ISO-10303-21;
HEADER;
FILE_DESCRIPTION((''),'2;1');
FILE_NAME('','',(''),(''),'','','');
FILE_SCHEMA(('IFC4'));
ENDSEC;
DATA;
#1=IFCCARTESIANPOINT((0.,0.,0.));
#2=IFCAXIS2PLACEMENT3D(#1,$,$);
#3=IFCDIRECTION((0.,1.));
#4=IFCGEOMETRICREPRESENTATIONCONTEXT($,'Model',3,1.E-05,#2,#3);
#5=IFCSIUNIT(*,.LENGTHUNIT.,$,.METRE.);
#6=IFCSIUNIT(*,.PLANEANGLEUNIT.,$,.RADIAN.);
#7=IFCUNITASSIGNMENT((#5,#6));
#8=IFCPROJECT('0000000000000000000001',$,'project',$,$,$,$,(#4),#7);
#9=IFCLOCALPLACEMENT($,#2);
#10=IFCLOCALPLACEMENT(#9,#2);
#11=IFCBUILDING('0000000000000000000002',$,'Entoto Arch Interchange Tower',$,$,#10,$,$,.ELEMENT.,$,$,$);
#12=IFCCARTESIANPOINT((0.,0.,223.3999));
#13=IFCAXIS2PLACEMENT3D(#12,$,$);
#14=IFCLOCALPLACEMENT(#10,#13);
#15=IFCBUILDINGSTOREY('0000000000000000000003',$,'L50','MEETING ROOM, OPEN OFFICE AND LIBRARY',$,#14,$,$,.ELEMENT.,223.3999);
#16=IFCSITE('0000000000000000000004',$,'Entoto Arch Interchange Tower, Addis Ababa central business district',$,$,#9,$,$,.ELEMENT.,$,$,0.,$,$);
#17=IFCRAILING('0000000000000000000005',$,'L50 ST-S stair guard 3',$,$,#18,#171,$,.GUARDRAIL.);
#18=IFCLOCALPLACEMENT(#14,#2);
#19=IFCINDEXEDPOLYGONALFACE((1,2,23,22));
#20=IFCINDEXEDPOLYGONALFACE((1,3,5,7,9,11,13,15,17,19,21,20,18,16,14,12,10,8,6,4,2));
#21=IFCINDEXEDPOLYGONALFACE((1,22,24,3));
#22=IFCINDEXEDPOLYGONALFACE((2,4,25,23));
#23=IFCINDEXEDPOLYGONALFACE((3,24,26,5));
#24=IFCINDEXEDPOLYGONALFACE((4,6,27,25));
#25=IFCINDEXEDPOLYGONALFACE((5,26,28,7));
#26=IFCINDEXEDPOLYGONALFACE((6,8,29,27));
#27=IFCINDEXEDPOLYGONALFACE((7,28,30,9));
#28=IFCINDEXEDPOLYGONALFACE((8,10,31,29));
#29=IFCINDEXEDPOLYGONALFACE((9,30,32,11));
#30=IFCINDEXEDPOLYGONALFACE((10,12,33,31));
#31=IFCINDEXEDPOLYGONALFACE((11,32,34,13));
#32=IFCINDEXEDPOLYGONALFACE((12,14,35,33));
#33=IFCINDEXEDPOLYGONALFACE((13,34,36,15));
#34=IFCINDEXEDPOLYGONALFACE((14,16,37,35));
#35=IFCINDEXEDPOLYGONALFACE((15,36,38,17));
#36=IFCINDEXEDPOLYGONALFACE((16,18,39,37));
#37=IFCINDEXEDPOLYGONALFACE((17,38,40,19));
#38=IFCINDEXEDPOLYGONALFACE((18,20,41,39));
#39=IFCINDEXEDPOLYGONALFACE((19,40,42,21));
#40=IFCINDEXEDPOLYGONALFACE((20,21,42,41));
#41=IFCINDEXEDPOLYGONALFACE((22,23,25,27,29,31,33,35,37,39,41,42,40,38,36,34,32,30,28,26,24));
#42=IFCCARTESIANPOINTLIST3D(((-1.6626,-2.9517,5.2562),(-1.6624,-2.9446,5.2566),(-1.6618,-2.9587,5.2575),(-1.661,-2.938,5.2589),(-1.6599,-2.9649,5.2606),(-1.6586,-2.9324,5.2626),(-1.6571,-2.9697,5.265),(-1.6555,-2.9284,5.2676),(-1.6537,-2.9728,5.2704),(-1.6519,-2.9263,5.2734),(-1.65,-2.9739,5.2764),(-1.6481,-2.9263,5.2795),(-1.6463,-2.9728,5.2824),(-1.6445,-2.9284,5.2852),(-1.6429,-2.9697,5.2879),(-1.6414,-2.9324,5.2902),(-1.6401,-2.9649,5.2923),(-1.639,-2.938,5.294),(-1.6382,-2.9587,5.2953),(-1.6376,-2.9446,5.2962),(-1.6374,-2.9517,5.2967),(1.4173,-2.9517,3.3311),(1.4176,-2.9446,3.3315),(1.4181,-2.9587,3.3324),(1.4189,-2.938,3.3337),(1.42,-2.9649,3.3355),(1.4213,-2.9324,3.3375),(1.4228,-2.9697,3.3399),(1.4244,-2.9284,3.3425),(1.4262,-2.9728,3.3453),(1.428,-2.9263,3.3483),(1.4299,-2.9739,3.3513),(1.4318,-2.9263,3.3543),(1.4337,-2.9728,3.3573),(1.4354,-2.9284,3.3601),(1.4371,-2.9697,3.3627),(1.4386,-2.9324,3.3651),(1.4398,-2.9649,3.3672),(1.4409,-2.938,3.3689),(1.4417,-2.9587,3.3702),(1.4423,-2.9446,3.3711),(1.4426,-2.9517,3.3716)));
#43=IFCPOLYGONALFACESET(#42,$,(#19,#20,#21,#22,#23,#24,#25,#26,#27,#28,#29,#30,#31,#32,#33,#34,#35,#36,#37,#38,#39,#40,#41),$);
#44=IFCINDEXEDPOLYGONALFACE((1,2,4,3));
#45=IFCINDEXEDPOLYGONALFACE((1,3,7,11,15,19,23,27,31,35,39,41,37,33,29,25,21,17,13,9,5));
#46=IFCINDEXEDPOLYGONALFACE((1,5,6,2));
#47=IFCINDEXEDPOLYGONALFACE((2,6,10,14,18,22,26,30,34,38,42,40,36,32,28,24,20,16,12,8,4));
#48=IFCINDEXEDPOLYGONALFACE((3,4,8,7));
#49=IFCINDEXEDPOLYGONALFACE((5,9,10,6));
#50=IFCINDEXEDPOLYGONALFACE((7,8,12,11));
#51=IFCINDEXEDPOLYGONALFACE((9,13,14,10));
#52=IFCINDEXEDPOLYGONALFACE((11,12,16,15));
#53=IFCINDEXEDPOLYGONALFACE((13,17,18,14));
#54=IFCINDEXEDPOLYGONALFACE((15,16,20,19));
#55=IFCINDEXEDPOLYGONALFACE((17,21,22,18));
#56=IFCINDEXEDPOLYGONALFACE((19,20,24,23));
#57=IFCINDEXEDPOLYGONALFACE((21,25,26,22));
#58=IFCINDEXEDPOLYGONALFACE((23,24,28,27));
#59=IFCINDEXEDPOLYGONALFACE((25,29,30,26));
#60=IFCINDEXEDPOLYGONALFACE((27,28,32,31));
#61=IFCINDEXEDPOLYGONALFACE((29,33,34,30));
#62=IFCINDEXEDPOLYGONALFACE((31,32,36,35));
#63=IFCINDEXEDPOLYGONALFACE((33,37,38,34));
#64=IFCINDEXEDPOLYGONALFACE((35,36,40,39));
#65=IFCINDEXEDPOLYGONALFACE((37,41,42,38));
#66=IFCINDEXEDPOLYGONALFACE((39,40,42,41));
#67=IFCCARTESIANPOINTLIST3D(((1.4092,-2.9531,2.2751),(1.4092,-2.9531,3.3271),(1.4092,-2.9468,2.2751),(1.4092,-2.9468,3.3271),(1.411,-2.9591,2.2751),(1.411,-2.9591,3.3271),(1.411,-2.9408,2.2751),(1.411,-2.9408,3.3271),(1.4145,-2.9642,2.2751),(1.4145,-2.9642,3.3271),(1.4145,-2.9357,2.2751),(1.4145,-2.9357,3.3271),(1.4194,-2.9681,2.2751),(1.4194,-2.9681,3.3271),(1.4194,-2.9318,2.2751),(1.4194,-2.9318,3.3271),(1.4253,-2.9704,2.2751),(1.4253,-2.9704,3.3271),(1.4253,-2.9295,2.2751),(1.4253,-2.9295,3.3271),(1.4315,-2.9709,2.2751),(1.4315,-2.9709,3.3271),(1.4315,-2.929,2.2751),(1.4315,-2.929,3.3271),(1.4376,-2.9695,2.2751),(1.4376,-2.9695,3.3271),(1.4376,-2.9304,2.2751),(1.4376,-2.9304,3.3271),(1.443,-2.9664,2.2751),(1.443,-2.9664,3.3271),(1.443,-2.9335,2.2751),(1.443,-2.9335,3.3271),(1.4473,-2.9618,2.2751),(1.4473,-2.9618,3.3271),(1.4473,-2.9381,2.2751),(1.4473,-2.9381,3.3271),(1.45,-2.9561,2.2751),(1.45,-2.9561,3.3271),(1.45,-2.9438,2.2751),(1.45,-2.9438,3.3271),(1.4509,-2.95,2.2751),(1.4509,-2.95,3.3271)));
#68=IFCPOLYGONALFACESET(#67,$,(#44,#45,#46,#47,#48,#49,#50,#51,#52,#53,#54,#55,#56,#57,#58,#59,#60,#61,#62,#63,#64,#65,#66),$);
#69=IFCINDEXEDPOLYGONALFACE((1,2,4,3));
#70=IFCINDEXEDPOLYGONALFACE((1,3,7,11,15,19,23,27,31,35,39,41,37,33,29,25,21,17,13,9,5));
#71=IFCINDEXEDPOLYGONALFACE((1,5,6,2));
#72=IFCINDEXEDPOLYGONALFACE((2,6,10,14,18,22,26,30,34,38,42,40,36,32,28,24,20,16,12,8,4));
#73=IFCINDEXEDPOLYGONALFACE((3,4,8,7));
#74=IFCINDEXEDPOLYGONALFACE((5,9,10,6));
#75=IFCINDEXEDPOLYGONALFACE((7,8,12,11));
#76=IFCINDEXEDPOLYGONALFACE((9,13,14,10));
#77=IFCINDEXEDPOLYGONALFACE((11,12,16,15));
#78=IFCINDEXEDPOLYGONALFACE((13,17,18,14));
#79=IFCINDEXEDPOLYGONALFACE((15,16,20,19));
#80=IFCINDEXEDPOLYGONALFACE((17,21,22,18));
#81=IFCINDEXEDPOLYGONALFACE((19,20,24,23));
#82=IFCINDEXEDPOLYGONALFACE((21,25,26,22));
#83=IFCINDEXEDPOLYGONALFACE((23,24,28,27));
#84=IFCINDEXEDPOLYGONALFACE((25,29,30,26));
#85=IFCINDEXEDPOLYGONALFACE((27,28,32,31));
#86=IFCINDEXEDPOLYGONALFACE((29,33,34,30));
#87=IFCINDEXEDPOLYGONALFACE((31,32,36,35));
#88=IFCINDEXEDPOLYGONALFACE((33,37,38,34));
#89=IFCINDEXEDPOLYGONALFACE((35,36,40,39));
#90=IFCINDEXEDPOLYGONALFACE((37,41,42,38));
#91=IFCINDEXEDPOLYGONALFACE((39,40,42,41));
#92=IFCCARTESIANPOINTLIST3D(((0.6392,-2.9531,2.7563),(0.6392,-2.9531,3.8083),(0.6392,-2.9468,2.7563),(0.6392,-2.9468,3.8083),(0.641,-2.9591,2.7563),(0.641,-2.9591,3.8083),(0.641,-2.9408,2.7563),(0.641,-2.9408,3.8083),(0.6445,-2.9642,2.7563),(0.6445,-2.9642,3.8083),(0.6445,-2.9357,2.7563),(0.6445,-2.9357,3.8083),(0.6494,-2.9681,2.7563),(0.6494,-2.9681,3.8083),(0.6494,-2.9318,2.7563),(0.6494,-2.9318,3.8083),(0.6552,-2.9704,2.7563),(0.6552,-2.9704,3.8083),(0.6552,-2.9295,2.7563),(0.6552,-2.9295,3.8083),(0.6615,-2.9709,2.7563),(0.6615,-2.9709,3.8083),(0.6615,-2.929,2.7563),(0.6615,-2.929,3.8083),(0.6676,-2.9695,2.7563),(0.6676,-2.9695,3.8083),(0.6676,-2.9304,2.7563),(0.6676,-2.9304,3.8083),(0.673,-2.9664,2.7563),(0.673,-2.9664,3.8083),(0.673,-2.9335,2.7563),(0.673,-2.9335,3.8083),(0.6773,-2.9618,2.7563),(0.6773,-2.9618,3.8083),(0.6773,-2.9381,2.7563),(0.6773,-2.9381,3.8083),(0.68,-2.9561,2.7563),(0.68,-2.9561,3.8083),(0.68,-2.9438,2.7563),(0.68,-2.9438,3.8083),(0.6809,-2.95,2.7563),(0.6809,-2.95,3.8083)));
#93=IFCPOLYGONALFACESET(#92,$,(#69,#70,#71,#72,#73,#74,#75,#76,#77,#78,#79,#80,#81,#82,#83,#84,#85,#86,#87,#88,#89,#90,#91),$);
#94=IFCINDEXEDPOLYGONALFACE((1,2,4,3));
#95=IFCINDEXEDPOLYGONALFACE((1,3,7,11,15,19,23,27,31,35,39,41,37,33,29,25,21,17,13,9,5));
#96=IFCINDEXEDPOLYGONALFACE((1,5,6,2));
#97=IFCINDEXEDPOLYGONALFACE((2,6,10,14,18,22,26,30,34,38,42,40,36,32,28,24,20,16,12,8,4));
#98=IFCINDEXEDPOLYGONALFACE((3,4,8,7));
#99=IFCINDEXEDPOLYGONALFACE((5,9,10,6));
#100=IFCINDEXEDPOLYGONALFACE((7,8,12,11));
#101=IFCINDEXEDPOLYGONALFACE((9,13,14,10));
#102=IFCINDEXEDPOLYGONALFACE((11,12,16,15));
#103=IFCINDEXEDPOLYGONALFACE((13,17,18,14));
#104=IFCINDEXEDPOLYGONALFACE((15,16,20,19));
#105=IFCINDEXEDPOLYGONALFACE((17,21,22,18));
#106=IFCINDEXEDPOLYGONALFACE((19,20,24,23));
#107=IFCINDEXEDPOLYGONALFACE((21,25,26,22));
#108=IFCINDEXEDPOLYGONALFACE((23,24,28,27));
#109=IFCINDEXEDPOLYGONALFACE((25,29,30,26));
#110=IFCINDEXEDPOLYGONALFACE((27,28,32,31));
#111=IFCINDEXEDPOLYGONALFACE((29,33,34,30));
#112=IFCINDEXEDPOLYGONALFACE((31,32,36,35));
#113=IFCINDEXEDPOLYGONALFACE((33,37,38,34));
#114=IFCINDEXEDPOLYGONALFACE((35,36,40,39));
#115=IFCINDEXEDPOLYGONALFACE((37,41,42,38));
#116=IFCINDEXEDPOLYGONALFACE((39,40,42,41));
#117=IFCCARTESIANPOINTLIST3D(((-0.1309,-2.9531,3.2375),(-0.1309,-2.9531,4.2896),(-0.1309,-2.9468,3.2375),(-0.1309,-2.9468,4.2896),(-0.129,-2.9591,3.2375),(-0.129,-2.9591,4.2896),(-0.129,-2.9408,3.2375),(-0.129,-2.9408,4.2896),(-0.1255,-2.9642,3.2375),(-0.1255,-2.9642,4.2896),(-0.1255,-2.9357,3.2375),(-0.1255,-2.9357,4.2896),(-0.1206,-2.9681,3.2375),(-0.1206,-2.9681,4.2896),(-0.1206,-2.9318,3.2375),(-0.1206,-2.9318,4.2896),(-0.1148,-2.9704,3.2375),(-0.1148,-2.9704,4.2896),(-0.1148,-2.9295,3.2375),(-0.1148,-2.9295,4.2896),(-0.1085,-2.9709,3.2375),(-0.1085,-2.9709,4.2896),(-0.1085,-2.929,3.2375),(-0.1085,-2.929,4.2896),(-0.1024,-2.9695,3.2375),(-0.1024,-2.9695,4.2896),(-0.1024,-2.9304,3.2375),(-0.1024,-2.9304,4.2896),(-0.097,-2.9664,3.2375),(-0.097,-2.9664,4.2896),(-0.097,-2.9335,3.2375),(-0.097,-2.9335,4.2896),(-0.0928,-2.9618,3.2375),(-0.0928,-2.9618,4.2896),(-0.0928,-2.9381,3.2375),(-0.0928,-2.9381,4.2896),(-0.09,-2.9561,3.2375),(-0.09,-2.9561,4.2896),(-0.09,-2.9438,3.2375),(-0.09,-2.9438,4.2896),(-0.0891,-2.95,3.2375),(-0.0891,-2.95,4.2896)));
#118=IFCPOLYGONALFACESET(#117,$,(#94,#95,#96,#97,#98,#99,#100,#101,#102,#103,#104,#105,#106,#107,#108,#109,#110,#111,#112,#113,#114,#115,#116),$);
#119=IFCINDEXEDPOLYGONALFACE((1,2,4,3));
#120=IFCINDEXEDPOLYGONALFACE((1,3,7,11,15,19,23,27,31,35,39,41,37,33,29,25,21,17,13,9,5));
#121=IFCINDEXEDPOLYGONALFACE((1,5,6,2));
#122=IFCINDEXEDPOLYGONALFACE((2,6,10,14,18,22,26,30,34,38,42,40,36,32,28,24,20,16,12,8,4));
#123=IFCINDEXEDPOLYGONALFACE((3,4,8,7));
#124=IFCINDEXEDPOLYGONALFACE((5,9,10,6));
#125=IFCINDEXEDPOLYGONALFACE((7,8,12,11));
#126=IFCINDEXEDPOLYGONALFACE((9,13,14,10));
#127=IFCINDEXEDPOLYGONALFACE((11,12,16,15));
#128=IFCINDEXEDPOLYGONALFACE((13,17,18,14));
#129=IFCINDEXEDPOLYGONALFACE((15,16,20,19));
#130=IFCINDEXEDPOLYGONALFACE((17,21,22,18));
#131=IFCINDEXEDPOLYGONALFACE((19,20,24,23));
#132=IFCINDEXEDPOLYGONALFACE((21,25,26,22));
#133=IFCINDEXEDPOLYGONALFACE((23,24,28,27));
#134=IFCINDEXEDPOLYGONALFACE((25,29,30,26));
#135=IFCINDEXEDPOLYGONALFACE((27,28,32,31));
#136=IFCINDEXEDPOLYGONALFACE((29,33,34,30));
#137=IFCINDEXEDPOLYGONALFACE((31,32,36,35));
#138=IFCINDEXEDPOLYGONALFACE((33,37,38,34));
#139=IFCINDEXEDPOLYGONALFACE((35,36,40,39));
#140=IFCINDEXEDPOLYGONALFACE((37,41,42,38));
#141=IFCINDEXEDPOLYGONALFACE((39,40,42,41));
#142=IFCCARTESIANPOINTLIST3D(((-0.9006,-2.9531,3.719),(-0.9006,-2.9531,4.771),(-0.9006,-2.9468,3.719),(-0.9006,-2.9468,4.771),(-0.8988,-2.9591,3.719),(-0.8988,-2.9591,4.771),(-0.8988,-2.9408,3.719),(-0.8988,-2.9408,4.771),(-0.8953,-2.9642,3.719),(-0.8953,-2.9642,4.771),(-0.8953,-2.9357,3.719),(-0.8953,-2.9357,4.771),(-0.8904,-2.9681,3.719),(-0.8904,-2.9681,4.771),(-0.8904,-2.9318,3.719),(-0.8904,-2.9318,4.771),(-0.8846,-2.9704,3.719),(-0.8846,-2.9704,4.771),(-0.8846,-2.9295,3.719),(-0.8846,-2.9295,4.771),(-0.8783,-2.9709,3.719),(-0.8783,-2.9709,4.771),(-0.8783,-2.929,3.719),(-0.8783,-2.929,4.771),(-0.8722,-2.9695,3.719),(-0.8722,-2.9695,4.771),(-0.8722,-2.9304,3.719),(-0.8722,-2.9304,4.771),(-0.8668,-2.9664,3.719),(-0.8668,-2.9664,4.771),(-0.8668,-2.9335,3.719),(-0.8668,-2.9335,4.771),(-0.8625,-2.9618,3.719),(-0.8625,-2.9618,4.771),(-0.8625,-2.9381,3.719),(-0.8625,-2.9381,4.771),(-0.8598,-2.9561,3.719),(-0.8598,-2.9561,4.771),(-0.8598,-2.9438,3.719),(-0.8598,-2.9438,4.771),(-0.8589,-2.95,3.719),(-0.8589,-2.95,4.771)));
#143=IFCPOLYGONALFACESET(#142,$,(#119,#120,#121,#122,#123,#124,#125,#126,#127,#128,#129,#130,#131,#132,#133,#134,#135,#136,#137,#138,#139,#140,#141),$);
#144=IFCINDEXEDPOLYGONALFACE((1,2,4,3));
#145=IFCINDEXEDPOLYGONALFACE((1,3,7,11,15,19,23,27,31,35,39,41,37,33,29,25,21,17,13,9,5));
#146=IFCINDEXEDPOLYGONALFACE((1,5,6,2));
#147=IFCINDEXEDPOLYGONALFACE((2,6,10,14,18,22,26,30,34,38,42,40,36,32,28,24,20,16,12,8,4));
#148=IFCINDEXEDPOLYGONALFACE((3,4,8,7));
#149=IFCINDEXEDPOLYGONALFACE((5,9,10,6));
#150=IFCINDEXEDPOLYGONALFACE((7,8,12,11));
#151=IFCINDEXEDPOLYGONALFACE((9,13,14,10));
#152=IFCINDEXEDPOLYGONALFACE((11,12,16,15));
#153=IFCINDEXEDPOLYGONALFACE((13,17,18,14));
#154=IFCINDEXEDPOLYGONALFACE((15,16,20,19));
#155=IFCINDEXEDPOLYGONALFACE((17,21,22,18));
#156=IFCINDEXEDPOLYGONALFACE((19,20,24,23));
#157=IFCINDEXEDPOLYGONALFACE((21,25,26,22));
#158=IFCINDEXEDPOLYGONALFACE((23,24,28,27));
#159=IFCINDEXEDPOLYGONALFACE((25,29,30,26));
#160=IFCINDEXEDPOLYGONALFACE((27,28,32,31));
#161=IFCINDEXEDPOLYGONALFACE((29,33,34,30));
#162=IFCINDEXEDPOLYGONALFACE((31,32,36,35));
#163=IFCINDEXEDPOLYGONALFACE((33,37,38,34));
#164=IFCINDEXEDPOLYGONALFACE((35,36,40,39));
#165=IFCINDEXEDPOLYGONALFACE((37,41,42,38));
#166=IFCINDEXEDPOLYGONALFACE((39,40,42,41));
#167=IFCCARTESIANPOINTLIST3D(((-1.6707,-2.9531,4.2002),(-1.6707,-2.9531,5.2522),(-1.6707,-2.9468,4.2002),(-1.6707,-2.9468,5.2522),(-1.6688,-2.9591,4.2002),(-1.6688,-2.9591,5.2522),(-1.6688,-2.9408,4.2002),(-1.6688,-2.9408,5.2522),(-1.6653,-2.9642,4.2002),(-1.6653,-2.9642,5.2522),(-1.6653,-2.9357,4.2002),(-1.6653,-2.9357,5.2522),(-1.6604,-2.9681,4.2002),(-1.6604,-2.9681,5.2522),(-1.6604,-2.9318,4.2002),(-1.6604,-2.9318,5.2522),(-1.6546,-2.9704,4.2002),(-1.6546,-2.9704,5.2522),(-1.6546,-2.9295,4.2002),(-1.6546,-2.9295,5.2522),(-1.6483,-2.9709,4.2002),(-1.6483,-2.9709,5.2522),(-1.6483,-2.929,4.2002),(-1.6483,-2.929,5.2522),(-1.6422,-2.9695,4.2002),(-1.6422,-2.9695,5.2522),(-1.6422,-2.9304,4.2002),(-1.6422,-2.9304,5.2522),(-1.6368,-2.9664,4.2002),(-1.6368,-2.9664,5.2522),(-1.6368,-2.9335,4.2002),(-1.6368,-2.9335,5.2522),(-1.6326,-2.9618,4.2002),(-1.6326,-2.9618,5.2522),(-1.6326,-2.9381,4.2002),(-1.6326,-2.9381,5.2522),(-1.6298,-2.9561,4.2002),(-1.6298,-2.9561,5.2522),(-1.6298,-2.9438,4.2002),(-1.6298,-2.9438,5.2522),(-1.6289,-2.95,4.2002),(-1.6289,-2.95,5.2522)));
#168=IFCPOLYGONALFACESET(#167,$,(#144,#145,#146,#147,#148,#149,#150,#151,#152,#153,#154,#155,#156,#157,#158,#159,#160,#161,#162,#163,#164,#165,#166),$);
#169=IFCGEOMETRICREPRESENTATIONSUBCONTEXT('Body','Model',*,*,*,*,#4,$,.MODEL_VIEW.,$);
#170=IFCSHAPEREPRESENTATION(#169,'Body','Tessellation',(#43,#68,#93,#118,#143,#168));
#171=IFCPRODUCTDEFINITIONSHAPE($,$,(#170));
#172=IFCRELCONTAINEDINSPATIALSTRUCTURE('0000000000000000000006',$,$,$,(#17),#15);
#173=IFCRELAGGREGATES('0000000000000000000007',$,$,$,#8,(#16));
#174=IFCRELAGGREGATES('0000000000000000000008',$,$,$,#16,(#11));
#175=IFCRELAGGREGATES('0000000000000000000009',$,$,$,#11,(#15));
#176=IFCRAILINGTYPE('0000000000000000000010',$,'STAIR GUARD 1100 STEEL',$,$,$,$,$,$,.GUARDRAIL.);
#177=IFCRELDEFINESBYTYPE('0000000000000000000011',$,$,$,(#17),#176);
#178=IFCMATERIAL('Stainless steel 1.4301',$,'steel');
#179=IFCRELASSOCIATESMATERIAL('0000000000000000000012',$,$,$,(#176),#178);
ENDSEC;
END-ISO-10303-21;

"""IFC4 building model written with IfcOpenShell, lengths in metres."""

from ifc_helpers import new_model, si_unit, direction, frame, origin, origin_2d, place, context, subcontext, project, spatial, circle, extrude, material, type_object, element, save


model = new_model("IFC4")

# Units and contexts
model_context = context("Model", 3, precision=1e-05, world=origin(), true_north=direction((0.0, 1.0)))
body_context = subcontext(model_context, "Body", "Model", "MODEL_VIEW")
ifc_project = project(units=[si_unit("LENGTHUNIT", "METRE"), si_unit("PLANEANGLEUNIT", "RADIAN")], contexts=[model_context])

# Site, building, storey
site_placement = place(None, origin())
site = spatial("IfcSite", under=ifc_project, at=site_placement, Name="Entoto Arch Interchange Tower, Addis Ababa central business district", CompositionType="ELEMENT", RefElevation=0.0)
building_placement = place(site_placement, origin())
building = spatial("IfcBuilding", under=site, at=building_placement, Name="Entoto Arch Interchange Tower", CompositionType="ELEMENT")
storey_placement = place(building_placement, frame((0.0, 0.0, 223.3999)))
storey = spatial("IfcBuildingStorey", under=building, at=storey_placement, Name="L50", Description="MEETING ROOM, OPEN OFFICE AND LIBRARY", CompositionType="ELEMENT", Elevation=223.3999)

# Railing
ifc_material_1 = material(Name="Stainless steel 1.4301", Category="steel")
railing_type_1 = type_object("IfcRailingType", Name="STAIR GUARD 1100 STEEL", PredefinedType="GUARDRAIL", material=ifc_material_1)
railing_1_placement = place(storey_placement, frame((1.4299, -2.95, 2.2751)))
element("IfcRailing", 1, at=railing_1_placement, inside=storey, type_object=railing_type_1, Name="L50 ST-S stair guard 3", PredefinedType="GUARDRAIL", context=body_context, shape_type="SweptSolid", body=[
    extrude(circle(Radius=0.0239, at=origin_2d()), frame((0.0, 0.0, 1.0762), z_axis=(-0.847979, 0.0, 0.530029), x_axis=(0.0, -1.0, 0.0)), (0.0, 0.0, 1.0), 3.6321),
    extrude(circle(Radius=0.021, at=origin_2d()), origin(), (0.0, 0.0, 1.0), 1.052),
    extrude(circle(Radius=0.021, at=origin_2d()), frame((-0.77, 0.0, 0.4812)), (0.0, 0.0, 1.0), 1.052),
    extrude(circle(Radius=0.021, at=origin_2d()), frame((-1.54, 0.0, 0.9624)), (0.0, 0.0, 1.0), 1.052),
    extrude(circle(Radius=0.021, at=origin_2d()), frame((-2.3098, 0.0, 1.4438)), (0.0, 0.0, 1.0), 1.052),
    extrude(circle(Radius=0.021, at=origin_2d()), frame((-3.0798, 0.0, 1.925)), (0.0, 0.0, 1.0), 1.052),
])

save(model, "model.ifc")
